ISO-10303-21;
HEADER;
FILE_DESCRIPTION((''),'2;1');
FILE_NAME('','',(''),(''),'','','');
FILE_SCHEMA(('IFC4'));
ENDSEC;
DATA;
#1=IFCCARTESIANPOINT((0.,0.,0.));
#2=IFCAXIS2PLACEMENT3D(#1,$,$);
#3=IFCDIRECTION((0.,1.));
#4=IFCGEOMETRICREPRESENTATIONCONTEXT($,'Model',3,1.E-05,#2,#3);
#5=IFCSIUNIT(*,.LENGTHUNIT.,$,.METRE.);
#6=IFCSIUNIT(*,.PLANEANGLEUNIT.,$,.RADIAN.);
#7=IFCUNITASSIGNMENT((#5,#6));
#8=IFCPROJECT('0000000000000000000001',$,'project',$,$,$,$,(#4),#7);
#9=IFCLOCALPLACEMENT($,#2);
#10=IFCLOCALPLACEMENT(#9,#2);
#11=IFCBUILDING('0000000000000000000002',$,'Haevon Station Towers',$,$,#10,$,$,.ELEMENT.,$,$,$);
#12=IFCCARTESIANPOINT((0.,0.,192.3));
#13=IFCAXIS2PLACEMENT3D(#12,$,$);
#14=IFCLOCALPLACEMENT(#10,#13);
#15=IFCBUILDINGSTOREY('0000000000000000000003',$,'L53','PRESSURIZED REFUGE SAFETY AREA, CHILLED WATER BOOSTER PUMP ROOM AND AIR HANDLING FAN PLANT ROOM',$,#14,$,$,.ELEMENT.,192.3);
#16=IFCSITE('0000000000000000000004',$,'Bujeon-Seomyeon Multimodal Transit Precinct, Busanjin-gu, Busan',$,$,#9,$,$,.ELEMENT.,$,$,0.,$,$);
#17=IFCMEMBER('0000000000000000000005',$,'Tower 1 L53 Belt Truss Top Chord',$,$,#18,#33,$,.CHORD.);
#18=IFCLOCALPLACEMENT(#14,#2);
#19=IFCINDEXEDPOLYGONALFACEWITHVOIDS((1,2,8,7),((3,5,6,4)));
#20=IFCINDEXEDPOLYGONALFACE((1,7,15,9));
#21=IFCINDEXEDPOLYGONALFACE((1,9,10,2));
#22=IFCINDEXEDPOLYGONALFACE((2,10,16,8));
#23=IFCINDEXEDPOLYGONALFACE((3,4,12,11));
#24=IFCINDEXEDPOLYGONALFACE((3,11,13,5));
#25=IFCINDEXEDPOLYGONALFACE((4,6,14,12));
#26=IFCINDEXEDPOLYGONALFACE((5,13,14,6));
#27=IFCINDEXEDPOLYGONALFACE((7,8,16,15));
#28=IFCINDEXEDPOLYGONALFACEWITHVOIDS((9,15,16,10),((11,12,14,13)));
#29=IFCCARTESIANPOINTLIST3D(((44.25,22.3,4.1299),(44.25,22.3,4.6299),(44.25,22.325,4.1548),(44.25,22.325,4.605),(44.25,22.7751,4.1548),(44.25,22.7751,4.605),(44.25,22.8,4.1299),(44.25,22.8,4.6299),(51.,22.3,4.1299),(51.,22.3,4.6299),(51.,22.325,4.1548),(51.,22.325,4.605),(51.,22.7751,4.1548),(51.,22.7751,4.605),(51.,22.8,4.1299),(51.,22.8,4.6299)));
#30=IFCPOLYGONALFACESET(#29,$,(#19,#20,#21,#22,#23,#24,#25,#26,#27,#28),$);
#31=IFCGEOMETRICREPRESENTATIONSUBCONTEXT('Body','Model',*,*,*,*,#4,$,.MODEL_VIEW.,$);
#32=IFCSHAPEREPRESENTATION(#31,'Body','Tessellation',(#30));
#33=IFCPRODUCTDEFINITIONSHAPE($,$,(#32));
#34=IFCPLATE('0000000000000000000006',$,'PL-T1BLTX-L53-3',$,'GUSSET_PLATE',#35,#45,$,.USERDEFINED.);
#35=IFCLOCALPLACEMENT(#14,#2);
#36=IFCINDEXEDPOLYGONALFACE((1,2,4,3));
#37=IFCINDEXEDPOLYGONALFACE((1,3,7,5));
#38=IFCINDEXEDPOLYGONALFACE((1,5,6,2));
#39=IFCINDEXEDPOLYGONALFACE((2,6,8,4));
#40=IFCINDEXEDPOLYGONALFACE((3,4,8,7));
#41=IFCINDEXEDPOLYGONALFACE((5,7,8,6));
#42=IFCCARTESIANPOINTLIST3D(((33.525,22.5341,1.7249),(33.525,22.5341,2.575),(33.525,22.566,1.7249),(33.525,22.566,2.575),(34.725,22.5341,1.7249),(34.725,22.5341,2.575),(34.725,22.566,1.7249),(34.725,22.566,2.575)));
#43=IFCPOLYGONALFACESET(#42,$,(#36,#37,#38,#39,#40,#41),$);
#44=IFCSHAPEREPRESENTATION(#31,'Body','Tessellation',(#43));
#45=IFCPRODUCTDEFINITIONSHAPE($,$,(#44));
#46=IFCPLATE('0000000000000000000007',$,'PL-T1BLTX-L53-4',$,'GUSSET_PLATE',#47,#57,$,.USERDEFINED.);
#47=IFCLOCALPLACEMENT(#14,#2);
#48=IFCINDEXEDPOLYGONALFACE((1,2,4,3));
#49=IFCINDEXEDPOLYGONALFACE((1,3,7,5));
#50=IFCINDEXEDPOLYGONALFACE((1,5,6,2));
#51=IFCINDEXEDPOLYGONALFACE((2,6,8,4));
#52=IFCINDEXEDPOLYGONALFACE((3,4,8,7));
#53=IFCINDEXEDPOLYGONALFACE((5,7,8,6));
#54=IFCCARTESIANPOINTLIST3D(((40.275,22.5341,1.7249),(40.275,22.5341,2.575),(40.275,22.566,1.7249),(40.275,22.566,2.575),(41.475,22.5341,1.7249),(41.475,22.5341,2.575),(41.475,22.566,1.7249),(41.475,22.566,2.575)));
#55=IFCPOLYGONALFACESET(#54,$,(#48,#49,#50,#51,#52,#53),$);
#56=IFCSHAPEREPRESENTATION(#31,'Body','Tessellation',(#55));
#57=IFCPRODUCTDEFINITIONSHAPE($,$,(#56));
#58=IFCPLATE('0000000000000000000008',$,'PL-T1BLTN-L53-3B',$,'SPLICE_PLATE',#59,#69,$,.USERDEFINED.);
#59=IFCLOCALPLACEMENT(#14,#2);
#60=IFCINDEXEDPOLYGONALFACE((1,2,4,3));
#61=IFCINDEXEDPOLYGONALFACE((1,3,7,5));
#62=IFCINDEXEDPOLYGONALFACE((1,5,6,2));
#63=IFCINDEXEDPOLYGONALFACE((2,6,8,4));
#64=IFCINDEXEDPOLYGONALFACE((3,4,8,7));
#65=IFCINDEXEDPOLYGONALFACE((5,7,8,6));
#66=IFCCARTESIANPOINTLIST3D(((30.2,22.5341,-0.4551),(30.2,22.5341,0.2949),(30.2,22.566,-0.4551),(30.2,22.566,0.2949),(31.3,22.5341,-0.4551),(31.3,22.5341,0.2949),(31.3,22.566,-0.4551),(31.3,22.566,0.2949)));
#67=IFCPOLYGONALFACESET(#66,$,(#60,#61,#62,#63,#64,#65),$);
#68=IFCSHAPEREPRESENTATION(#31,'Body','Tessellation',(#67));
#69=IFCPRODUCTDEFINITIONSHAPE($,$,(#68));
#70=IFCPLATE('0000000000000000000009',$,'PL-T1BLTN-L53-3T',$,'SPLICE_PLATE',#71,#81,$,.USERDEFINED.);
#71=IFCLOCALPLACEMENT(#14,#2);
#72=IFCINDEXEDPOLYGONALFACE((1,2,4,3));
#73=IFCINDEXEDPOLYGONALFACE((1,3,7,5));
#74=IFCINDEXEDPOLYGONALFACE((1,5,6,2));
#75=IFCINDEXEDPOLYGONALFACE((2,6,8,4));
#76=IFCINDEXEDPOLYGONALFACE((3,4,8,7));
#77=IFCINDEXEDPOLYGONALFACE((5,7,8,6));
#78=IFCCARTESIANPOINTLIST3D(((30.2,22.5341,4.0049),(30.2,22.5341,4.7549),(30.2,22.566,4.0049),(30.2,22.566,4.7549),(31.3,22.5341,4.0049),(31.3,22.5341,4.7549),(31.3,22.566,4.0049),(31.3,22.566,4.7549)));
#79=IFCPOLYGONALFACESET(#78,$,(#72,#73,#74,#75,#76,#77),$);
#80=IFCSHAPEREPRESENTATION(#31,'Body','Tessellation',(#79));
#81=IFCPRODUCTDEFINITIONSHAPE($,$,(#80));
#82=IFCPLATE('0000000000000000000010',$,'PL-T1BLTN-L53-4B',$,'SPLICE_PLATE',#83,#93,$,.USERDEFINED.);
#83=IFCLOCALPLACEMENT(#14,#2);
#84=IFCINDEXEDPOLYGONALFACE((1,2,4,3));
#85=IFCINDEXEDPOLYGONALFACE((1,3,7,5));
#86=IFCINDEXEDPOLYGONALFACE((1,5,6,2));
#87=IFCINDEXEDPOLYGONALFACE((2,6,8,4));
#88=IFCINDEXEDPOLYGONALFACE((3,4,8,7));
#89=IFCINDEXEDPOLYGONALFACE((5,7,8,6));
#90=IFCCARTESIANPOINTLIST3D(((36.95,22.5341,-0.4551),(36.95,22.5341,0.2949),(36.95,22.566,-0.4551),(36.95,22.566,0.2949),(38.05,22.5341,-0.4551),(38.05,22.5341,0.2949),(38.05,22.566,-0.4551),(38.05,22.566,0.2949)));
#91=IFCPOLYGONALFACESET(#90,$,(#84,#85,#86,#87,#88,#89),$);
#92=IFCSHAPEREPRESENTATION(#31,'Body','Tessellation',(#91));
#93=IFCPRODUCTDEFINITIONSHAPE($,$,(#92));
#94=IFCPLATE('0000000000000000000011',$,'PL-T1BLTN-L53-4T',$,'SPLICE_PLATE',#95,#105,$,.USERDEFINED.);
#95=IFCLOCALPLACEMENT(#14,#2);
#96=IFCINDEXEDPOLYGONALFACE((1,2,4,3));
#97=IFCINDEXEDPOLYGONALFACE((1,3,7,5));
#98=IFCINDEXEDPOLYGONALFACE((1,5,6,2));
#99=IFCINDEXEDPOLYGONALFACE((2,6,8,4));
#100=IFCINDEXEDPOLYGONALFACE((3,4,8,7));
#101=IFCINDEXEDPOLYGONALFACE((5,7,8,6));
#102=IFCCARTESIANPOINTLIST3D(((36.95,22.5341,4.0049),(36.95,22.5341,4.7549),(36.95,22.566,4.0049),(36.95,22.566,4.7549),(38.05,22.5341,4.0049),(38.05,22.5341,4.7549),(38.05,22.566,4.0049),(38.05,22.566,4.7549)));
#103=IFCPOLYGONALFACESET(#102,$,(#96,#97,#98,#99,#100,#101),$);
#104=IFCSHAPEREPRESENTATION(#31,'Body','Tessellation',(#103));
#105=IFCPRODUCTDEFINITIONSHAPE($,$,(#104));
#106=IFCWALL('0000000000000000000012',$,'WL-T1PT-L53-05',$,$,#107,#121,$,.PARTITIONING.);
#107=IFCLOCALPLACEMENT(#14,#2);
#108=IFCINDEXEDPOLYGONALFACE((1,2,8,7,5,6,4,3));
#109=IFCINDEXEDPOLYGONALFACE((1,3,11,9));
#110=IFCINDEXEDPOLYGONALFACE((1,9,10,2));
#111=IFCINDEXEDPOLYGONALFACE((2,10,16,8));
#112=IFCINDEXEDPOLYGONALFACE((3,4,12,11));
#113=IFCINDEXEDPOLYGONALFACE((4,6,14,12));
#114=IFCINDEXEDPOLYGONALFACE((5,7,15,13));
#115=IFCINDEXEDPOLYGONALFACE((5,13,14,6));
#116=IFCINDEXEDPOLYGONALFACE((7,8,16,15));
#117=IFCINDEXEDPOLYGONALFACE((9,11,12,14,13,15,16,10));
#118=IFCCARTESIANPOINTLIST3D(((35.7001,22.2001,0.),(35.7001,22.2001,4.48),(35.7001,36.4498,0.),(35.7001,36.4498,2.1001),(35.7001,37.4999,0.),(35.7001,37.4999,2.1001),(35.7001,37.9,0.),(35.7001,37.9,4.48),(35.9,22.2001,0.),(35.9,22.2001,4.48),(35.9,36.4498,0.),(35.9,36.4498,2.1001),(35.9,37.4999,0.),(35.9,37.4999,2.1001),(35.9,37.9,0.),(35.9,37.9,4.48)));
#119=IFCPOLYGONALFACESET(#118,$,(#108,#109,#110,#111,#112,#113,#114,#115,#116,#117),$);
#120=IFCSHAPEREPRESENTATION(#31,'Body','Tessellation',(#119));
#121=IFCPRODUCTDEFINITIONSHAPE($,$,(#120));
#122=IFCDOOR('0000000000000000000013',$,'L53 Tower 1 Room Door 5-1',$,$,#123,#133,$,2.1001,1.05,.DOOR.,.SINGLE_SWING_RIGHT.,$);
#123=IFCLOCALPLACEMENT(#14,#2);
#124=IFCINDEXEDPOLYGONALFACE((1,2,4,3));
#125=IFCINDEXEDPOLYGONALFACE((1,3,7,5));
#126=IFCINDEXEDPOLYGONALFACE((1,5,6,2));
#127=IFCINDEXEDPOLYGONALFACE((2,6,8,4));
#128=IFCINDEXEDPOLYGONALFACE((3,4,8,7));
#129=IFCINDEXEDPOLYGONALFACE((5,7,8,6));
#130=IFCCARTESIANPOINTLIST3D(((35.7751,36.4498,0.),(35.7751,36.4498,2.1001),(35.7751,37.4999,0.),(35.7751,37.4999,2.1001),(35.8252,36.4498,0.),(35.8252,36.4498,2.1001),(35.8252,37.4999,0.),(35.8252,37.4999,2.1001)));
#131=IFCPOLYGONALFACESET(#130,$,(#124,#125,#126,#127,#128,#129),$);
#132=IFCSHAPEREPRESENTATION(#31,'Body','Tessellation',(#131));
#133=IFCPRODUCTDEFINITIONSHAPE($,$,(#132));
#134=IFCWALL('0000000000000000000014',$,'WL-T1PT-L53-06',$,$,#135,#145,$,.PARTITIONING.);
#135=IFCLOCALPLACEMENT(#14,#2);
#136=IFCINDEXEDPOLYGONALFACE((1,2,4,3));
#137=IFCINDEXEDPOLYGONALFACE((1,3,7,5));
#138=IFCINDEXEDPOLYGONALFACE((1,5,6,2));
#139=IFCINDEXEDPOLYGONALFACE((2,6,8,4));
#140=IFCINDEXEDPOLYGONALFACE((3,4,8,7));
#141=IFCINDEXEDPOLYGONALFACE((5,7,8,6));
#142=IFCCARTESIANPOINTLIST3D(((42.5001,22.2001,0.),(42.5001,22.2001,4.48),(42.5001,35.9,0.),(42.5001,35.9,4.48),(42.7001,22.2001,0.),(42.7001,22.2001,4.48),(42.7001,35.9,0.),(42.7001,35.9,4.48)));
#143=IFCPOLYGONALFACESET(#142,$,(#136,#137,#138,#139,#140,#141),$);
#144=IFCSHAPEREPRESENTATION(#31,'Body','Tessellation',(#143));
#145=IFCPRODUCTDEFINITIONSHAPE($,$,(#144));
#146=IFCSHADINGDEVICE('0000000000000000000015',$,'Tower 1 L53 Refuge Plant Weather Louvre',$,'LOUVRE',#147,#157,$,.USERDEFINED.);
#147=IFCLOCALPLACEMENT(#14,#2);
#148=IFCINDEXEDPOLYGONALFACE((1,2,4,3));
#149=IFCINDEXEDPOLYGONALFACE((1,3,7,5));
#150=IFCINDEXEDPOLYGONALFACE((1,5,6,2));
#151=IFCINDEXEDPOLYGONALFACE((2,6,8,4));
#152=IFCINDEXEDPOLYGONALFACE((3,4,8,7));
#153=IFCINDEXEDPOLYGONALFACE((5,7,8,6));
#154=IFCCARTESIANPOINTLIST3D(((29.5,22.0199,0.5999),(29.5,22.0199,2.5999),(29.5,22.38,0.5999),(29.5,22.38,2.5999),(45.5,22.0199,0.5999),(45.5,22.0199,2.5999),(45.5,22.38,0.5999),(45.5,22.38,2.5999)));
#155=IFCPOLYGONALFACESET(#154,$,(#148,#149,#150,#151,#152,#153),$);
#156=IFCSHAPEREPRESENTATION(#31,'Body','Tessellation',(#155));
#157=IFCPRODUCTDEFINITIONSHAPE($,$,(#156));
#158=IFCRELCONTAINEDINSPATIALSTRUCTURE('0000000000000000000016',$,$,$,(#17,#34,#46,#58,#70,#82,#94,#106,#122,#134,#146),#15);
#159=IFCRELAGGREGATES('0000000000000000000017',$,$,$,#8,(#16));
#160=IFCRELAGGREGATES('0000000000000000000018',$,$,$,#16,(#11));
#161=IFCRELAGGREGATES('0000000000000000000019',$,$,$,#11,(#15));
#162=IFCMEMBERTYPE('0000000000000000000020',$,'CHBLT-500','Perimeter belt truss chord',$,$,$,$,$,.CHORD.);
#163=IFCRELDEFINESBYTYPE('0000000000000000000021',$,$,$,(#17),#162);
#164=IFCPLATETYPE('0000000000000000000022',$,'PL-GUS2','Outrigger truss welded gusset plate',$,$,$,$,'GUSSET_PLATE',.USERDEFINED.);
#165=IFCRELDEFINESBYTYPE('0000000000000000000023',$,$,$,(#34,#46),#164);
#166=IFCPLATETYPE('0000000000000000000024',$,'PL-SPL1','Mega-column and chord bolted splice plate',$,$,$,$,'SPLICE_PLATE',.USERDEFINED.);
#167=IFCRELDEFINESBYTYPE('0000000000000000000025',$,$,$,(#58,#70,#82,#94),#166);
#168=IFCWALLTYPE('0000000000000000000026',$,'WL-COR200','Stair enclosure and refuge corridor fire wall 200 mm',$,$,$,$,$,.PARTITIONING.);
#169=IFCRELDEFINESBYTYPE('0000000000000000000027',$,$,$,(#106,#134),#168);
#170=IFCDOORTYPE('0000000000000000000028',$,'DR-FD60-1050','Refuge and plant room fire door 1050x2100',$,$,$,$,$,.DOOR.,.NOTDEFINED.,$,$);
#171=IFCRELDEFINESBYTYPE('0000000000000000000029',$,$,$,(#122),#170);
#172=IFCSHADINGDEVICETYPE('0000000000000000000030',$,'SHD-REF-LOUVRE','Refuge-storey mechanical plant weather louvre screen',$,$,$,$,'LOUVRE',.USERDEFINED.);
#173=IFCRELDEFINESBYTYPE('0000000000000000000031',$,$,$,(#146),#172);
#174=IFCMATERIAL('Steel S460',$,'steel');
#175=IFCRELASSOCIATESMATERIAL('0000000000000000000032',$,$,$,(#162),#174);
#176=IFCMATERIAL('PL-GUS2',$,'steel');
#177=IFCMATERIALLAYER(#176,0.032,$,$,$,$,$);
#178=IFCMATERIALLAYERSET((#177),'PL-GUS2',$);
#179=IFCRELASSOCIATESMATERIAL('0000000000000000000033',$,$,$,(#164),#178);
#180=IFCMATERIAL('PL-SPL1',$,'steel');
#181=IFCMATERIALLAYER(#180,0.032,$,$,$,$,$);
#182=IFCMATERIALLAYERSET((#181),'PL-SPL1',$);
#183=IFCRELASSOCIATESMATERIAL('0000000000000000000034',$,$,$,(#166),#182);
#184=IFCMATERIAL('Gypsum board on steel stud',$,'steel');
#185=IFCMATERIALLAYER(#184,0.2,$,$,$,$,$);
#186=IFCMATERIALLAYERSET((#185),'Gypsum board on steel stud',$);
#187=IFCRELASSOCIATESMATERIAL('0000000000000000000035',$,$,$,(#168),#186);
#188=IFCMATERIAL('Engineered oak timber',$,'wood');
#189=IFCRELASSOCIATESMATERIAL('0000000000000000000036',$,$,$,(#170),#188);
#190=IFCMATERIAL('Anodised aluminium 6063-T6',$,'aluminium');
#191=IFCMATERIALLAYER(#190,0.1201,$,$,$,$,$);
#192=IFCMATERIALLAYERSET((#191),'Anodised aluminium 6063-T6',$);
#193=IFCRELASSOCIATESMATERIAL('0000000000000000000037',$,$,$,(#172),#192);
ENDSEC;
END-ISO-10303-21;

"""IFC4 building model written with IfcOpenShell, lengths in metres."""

from ifc_helpers import new_model, si_unit, direction, frame, frame_2d, origin, origin_2d, place, context, subcontext, project, spatial, rectangle, hollow_rectangle, extrude, material, layer, layer_set, material_profile, profile_set, type_object, element, fill, save


model = new_model("IFC4")

# Units and contexts
model_context = context("Model", 3, precision=1e-05, world=origin(), true_north=direction((0.0, 1.0)))
body_context = subcontext(model_context, "Body", "Model", "MODEL_VIEW")
ifc_project = project(units=[si_unit("LENGTHUNIT", "METRE"), si_unit("PLANEANGLEUNIT", "RADIAN")], contexts=[model_context])

# Site, building, storey
site_placement = place(None, origin())
site = spatial("IfcSite", under=ifc_project, at=site_placement, Name="Bujeon-Seomyeon Multimodal Transit Precinct, Busanjin-gu, Busan", CompositionType="ELEMENT", RefElevation=0.0)
building_placement = place(site_placement, origin())
building = spatial("IfcBuilding", under=site, at=building_placement, Name="Haevon Station Towers", CompositionType="ELEMENT")
storey_placement = place(building_placement, frame((0.0, 0.0, 192.3)))
storey = spatial("IfcBuildingStorey", under=building, at=storey_placement, Name="L53", Description="PRESSURIZED REFUGE SAFETY AREA, CHILLED WATER BOOSTER PUMP ROOM AND AIR HANDLING FAN PLANT ROOM", CompositionType="ELEMENT", Elevation=192.3)

# Shared definitions
ifc_material_1 = material(Name="Steel S460", Category="steel")

# Member
ifc_material_profile_1 = material_profile(ifc_material_1, hollow_rectangle(XDim=0.5, YDim=0.5, WallThickness=0.0249, at=origin_2d()), Name="RHS-500x500x25")
ifc_profile_set_1 = profile_set([ifc_material_profile_1], Name="Steel S460")
member_type_1 = type_object("IfcMemberType", Name="CHBLT-500", Description="Perimeter belt truss chord", PredefinedType="CHORD", material=ifc_profile_set_1)
for number, where, z_axis, x_axis, name in (
    (1, (44.25, 22.55, 4.3799), (1.0, 0.0, 0.0), (0.0, 1.0, 0.0), "Tower 1 L53 Belt Truss Top Chord"),
):
    element("IfcMember", number, at=place(storey_placement, frame(where, z_axis=z_axis, x_axis=x_axis)), inside=storey, type_object=member_type_1, Name=name, PredefinedType="CHORD", context=body_context, shape_type="SweptSolid", body=[
        extrude(hollow_rectangle(XDim=0.5, YDim=0.5, WallThickness=0.0249, at=origin_2d()), origin(), (0.0, 0.0, 1.0), 6.75),
    ])

# Plates
ifc_material_2 = material(Name="PL-GUS2", Category="steel")
ifc_layer_1 = layer(ifc_material_2, 0.032)
ifc_layer_set_1 = layer_set([ifc_layer_1], Name="PL-GUS2")
plate_type_1 = type_object("IfcPlateType", Name="PL-GUS2", Description="Outrigger truss welded gusset plate", ElementType="GUSSET_PLATE", PredefinedType="USERDEFINED", material=ifc_layer_set_1)
for number, where, z_axis, x_axis, name in (
    (2, (34.125, 22.55, 1.7249), (0.0, 0.0, 1.0), (1.0, 0.0, 0.0), "PL-T1BLTX-L53-3"),
    (3, (40.875, 22.55, 1.7249), (0.0, 0.0, 1.0), (1.0, 0.0, 0.0), "PL-T1BLTX-L53-4"),
):
    element("IfcPlate", number, at=place(storey_placement, frame(where, z_axis=z_axis, x_axis=x_axis)), inside=storey, type_object=plate_type_1, Name=name, ObjectType="GUSSET_PLATE", PredefinedType="USERDEFINED", context=body_context, shape_type="SweptSolid", body=[
        extrude(rectangle(XDim=1.2, YDim=0.032, at=origin_2d()), origin(), (0.0, 0.0, 1.0), 0.8501),
    ])
ifc_material_3 = material(Name="PL-SPL1", Category="steel")
ifc_layer_2 = layer(ifc_material_3, 0.032)
ifc_layer_set_2 = layer_set([ifc_layer_2], Name="PL-SPL1")
plate_type_2 = type_object("IfcPlateType", Name="PL-SPL1", Description="Mega-column and chord bolted splice plate", ElementType="SPLICE_PLATE", PredefinedType="USERDEFINED", material=ifc_layer_set_2)
for number, where, z_axis, x_axis, name in (
    (4, (30.75, 22.55, -0.4551), (0.0, 0.0, 1.0), (1.0, 0.0, 0.0), "PL-T1BLTN-L53-3B"),
    (5, (30.75, 22.55, 4.0049), (0.0, 0.0, 1.0), (1.0, 0.0, 0.0), "PL-T1BLTN-L53-3T"),
    (6, (37.5, 22.55, -0.4551), (0.0, 0.0, 1.0), (1.0, 0.0, 0.0), "PL-T1BLTN-L53-4B"),
    (7, (37.5, 22.55, 4.0049), (0.0, 0.0, 1.0), (1.0, 0.0, 0.0), "PL-T1BLTN-L53-4T"),
):
    element("IfcPlate", number, at=place(storey_placement, frame(where, z_axis=z_axis, x_axis=x_axis)), inside=storey, type_object=plate_type_2, Name=name, ObjectType="SPLICE_PLATE", PredefinedType="USERDEFINED", context=body_context, shape_type="SweptSolid", body=[
        extrude(rectangle(XDim=1.1001, YDim=0.032, at=origin_2d()), origin(), (0.0, 0.0, 1.0), 0.75),
    ])

# Wall, opening, door
ifc_material_4 = material(Name="Gypsum board on steel stud", Category="steel")
ifc_layer_3 = layer(ifc_material_4, 0.2)
ifc_layer_set_3 = layer_set([ifc_layer_3], Name="Gypsum board on steel stud")
wall_type = type_object("IfcWallType", Name="WL-COR200", Description="Stair enclosure and refuge corridor fire wall 200 mm", PredefinedType="PARTITIONING", material=ifc_layer_set_3)
wall_1_placement = place(storey_placement, frame((35.8, 22.2, 0.0), z_axis=(0.0, 0.0, 1.0), x_axis=(0.0, 1.0, 0.0)))
wall_1 = element("IfcWall", 8, at=wall_1_placement, inside=storey, type_object=wall_type, Name="WL-T1PT-L53-05", PredefinedType="PARTITIONING", context=body_context, shape_type="SweptSolid", body=[
    extrude(rectangle(XDim=15.7, YDim=0.2, at=frame_2d((7.8501, 0.0))), origin(), (0.0, 0.0, 1.0), 4.48),
])
opening_placement = place(wall_1_placement, frame((14.25, 0.0, 0.0)))
opening = element("IfcOpeningElement", 9, at=opening_placement, cuts=wall_1, PredefinedType="OPENING", context=body_context, shape_type="SweptSolid", body=[
    extrude(rectangle(XDim=1.05, YDim=2.1001, at=frame_2d((0.5249, 1.05))), frame((0.0, 0.1099, 0.0), z_axis=(0.0, -1.0, 0.0), x_axis=(1.0, 0.0, 0.0)), (0.0, 0.0, 1.0), 0.22),
])
ifc_material_5 = material(Name="Engineered oak timber", Category="wood")
door_type = type_object("IfcDoorType", Name="DR-FD60-1050", Description="Refuge and plant room fire door 1050x2100", OperationType="NOTDEFINED", PredefinedType="DOOR", material=ifc_material_5)
door_placement = place(opening_placement, origin())
door = element("IfcDoor", 10, at=door_placement, inside=storey, type_object=door_type, Name="L53 Tower 1 Room Door 5-1", OperationType="SINGLE_SWING_RIGHT", OverallHeight=2.1001, OverallWidth=1.05, PredefinedType="DOOR", context=body_context, shape_type="SweptSolid", body=[
    extrude(rectangle(XDim=1.05, YDim=2.1001, at=frame_2d((0.5249, 1.05))), frame((0.0, 0.0249, 0.0), z_axis=(0.0, -1.0, 0.0), x_axis=(1.0, 0.0, 0.0)), (0.0, 0.0, 1.0), 0.05),
])
fill(opening, door)

# Wall
wall_2_placement = place(storey_placement, frame((42.6001, 22.2, 0.0), z_axis=(0.0, 0.0, 1.0), x_axis=(0.0, 1.0, 0.0)))
element("IfcWall", 11, at=wall_2_placement, inside=storey, type_object=wall_type, Name="WL-T1PT-L53-06", PredefinedType="PARTITIONING", context=body_context, shape_type="SweptSolid", body=[
    extrude(rectangle(XDim=13.7, YDim=0.2, at=frame_2d((6.8501, 0.0))), origin(), (0.0, 0.0, 1.0), 4.48),
])

# Shading device
ifc_material_6 = material(Name="Anodised aluminium 6063-T6", Category="aluminium")
ifc_layer_4 = layer(ifc_material_6, 0.1201)
ifc_layer_set_4 = layer_set([ifc_layer_4], Name="Anodised aluminium 6063-T6")
shading_device_type = type_object("IfcShadingDeviceType", Name="SHD-REF-LOUVRE", Description="Refuge-storey mechanical plant weather louvre screen", ElementType="LOUVRE", PredefinedType="USERDEFINED", material=ifc_layer_set_4)
shading_device_placement = place(storey_placement, frame((37.5, 22.2, 0.5999), z_axis=(0.0, 0.0, 1.0), x_axis=(1.0, 0.0, 0.0)))
element("IfcShadingDevice", 12, at=shading_device_placement, inside=storey, type_object=shading_device_type, Name="Tower 1 L53 Refuge Plant Weather Louvre", ObjectType="LOUVRE", PredefinedType="USERDEFINED", context=body_context, shape_type="SweptSolid", body=[
    extrude(rectangle(XDim=16.0, YDim=0.3601, at=origin_2d()), origin(), (0.0, 0.0, 1.0), 2.0),
])

save(model, "model.ifc")
